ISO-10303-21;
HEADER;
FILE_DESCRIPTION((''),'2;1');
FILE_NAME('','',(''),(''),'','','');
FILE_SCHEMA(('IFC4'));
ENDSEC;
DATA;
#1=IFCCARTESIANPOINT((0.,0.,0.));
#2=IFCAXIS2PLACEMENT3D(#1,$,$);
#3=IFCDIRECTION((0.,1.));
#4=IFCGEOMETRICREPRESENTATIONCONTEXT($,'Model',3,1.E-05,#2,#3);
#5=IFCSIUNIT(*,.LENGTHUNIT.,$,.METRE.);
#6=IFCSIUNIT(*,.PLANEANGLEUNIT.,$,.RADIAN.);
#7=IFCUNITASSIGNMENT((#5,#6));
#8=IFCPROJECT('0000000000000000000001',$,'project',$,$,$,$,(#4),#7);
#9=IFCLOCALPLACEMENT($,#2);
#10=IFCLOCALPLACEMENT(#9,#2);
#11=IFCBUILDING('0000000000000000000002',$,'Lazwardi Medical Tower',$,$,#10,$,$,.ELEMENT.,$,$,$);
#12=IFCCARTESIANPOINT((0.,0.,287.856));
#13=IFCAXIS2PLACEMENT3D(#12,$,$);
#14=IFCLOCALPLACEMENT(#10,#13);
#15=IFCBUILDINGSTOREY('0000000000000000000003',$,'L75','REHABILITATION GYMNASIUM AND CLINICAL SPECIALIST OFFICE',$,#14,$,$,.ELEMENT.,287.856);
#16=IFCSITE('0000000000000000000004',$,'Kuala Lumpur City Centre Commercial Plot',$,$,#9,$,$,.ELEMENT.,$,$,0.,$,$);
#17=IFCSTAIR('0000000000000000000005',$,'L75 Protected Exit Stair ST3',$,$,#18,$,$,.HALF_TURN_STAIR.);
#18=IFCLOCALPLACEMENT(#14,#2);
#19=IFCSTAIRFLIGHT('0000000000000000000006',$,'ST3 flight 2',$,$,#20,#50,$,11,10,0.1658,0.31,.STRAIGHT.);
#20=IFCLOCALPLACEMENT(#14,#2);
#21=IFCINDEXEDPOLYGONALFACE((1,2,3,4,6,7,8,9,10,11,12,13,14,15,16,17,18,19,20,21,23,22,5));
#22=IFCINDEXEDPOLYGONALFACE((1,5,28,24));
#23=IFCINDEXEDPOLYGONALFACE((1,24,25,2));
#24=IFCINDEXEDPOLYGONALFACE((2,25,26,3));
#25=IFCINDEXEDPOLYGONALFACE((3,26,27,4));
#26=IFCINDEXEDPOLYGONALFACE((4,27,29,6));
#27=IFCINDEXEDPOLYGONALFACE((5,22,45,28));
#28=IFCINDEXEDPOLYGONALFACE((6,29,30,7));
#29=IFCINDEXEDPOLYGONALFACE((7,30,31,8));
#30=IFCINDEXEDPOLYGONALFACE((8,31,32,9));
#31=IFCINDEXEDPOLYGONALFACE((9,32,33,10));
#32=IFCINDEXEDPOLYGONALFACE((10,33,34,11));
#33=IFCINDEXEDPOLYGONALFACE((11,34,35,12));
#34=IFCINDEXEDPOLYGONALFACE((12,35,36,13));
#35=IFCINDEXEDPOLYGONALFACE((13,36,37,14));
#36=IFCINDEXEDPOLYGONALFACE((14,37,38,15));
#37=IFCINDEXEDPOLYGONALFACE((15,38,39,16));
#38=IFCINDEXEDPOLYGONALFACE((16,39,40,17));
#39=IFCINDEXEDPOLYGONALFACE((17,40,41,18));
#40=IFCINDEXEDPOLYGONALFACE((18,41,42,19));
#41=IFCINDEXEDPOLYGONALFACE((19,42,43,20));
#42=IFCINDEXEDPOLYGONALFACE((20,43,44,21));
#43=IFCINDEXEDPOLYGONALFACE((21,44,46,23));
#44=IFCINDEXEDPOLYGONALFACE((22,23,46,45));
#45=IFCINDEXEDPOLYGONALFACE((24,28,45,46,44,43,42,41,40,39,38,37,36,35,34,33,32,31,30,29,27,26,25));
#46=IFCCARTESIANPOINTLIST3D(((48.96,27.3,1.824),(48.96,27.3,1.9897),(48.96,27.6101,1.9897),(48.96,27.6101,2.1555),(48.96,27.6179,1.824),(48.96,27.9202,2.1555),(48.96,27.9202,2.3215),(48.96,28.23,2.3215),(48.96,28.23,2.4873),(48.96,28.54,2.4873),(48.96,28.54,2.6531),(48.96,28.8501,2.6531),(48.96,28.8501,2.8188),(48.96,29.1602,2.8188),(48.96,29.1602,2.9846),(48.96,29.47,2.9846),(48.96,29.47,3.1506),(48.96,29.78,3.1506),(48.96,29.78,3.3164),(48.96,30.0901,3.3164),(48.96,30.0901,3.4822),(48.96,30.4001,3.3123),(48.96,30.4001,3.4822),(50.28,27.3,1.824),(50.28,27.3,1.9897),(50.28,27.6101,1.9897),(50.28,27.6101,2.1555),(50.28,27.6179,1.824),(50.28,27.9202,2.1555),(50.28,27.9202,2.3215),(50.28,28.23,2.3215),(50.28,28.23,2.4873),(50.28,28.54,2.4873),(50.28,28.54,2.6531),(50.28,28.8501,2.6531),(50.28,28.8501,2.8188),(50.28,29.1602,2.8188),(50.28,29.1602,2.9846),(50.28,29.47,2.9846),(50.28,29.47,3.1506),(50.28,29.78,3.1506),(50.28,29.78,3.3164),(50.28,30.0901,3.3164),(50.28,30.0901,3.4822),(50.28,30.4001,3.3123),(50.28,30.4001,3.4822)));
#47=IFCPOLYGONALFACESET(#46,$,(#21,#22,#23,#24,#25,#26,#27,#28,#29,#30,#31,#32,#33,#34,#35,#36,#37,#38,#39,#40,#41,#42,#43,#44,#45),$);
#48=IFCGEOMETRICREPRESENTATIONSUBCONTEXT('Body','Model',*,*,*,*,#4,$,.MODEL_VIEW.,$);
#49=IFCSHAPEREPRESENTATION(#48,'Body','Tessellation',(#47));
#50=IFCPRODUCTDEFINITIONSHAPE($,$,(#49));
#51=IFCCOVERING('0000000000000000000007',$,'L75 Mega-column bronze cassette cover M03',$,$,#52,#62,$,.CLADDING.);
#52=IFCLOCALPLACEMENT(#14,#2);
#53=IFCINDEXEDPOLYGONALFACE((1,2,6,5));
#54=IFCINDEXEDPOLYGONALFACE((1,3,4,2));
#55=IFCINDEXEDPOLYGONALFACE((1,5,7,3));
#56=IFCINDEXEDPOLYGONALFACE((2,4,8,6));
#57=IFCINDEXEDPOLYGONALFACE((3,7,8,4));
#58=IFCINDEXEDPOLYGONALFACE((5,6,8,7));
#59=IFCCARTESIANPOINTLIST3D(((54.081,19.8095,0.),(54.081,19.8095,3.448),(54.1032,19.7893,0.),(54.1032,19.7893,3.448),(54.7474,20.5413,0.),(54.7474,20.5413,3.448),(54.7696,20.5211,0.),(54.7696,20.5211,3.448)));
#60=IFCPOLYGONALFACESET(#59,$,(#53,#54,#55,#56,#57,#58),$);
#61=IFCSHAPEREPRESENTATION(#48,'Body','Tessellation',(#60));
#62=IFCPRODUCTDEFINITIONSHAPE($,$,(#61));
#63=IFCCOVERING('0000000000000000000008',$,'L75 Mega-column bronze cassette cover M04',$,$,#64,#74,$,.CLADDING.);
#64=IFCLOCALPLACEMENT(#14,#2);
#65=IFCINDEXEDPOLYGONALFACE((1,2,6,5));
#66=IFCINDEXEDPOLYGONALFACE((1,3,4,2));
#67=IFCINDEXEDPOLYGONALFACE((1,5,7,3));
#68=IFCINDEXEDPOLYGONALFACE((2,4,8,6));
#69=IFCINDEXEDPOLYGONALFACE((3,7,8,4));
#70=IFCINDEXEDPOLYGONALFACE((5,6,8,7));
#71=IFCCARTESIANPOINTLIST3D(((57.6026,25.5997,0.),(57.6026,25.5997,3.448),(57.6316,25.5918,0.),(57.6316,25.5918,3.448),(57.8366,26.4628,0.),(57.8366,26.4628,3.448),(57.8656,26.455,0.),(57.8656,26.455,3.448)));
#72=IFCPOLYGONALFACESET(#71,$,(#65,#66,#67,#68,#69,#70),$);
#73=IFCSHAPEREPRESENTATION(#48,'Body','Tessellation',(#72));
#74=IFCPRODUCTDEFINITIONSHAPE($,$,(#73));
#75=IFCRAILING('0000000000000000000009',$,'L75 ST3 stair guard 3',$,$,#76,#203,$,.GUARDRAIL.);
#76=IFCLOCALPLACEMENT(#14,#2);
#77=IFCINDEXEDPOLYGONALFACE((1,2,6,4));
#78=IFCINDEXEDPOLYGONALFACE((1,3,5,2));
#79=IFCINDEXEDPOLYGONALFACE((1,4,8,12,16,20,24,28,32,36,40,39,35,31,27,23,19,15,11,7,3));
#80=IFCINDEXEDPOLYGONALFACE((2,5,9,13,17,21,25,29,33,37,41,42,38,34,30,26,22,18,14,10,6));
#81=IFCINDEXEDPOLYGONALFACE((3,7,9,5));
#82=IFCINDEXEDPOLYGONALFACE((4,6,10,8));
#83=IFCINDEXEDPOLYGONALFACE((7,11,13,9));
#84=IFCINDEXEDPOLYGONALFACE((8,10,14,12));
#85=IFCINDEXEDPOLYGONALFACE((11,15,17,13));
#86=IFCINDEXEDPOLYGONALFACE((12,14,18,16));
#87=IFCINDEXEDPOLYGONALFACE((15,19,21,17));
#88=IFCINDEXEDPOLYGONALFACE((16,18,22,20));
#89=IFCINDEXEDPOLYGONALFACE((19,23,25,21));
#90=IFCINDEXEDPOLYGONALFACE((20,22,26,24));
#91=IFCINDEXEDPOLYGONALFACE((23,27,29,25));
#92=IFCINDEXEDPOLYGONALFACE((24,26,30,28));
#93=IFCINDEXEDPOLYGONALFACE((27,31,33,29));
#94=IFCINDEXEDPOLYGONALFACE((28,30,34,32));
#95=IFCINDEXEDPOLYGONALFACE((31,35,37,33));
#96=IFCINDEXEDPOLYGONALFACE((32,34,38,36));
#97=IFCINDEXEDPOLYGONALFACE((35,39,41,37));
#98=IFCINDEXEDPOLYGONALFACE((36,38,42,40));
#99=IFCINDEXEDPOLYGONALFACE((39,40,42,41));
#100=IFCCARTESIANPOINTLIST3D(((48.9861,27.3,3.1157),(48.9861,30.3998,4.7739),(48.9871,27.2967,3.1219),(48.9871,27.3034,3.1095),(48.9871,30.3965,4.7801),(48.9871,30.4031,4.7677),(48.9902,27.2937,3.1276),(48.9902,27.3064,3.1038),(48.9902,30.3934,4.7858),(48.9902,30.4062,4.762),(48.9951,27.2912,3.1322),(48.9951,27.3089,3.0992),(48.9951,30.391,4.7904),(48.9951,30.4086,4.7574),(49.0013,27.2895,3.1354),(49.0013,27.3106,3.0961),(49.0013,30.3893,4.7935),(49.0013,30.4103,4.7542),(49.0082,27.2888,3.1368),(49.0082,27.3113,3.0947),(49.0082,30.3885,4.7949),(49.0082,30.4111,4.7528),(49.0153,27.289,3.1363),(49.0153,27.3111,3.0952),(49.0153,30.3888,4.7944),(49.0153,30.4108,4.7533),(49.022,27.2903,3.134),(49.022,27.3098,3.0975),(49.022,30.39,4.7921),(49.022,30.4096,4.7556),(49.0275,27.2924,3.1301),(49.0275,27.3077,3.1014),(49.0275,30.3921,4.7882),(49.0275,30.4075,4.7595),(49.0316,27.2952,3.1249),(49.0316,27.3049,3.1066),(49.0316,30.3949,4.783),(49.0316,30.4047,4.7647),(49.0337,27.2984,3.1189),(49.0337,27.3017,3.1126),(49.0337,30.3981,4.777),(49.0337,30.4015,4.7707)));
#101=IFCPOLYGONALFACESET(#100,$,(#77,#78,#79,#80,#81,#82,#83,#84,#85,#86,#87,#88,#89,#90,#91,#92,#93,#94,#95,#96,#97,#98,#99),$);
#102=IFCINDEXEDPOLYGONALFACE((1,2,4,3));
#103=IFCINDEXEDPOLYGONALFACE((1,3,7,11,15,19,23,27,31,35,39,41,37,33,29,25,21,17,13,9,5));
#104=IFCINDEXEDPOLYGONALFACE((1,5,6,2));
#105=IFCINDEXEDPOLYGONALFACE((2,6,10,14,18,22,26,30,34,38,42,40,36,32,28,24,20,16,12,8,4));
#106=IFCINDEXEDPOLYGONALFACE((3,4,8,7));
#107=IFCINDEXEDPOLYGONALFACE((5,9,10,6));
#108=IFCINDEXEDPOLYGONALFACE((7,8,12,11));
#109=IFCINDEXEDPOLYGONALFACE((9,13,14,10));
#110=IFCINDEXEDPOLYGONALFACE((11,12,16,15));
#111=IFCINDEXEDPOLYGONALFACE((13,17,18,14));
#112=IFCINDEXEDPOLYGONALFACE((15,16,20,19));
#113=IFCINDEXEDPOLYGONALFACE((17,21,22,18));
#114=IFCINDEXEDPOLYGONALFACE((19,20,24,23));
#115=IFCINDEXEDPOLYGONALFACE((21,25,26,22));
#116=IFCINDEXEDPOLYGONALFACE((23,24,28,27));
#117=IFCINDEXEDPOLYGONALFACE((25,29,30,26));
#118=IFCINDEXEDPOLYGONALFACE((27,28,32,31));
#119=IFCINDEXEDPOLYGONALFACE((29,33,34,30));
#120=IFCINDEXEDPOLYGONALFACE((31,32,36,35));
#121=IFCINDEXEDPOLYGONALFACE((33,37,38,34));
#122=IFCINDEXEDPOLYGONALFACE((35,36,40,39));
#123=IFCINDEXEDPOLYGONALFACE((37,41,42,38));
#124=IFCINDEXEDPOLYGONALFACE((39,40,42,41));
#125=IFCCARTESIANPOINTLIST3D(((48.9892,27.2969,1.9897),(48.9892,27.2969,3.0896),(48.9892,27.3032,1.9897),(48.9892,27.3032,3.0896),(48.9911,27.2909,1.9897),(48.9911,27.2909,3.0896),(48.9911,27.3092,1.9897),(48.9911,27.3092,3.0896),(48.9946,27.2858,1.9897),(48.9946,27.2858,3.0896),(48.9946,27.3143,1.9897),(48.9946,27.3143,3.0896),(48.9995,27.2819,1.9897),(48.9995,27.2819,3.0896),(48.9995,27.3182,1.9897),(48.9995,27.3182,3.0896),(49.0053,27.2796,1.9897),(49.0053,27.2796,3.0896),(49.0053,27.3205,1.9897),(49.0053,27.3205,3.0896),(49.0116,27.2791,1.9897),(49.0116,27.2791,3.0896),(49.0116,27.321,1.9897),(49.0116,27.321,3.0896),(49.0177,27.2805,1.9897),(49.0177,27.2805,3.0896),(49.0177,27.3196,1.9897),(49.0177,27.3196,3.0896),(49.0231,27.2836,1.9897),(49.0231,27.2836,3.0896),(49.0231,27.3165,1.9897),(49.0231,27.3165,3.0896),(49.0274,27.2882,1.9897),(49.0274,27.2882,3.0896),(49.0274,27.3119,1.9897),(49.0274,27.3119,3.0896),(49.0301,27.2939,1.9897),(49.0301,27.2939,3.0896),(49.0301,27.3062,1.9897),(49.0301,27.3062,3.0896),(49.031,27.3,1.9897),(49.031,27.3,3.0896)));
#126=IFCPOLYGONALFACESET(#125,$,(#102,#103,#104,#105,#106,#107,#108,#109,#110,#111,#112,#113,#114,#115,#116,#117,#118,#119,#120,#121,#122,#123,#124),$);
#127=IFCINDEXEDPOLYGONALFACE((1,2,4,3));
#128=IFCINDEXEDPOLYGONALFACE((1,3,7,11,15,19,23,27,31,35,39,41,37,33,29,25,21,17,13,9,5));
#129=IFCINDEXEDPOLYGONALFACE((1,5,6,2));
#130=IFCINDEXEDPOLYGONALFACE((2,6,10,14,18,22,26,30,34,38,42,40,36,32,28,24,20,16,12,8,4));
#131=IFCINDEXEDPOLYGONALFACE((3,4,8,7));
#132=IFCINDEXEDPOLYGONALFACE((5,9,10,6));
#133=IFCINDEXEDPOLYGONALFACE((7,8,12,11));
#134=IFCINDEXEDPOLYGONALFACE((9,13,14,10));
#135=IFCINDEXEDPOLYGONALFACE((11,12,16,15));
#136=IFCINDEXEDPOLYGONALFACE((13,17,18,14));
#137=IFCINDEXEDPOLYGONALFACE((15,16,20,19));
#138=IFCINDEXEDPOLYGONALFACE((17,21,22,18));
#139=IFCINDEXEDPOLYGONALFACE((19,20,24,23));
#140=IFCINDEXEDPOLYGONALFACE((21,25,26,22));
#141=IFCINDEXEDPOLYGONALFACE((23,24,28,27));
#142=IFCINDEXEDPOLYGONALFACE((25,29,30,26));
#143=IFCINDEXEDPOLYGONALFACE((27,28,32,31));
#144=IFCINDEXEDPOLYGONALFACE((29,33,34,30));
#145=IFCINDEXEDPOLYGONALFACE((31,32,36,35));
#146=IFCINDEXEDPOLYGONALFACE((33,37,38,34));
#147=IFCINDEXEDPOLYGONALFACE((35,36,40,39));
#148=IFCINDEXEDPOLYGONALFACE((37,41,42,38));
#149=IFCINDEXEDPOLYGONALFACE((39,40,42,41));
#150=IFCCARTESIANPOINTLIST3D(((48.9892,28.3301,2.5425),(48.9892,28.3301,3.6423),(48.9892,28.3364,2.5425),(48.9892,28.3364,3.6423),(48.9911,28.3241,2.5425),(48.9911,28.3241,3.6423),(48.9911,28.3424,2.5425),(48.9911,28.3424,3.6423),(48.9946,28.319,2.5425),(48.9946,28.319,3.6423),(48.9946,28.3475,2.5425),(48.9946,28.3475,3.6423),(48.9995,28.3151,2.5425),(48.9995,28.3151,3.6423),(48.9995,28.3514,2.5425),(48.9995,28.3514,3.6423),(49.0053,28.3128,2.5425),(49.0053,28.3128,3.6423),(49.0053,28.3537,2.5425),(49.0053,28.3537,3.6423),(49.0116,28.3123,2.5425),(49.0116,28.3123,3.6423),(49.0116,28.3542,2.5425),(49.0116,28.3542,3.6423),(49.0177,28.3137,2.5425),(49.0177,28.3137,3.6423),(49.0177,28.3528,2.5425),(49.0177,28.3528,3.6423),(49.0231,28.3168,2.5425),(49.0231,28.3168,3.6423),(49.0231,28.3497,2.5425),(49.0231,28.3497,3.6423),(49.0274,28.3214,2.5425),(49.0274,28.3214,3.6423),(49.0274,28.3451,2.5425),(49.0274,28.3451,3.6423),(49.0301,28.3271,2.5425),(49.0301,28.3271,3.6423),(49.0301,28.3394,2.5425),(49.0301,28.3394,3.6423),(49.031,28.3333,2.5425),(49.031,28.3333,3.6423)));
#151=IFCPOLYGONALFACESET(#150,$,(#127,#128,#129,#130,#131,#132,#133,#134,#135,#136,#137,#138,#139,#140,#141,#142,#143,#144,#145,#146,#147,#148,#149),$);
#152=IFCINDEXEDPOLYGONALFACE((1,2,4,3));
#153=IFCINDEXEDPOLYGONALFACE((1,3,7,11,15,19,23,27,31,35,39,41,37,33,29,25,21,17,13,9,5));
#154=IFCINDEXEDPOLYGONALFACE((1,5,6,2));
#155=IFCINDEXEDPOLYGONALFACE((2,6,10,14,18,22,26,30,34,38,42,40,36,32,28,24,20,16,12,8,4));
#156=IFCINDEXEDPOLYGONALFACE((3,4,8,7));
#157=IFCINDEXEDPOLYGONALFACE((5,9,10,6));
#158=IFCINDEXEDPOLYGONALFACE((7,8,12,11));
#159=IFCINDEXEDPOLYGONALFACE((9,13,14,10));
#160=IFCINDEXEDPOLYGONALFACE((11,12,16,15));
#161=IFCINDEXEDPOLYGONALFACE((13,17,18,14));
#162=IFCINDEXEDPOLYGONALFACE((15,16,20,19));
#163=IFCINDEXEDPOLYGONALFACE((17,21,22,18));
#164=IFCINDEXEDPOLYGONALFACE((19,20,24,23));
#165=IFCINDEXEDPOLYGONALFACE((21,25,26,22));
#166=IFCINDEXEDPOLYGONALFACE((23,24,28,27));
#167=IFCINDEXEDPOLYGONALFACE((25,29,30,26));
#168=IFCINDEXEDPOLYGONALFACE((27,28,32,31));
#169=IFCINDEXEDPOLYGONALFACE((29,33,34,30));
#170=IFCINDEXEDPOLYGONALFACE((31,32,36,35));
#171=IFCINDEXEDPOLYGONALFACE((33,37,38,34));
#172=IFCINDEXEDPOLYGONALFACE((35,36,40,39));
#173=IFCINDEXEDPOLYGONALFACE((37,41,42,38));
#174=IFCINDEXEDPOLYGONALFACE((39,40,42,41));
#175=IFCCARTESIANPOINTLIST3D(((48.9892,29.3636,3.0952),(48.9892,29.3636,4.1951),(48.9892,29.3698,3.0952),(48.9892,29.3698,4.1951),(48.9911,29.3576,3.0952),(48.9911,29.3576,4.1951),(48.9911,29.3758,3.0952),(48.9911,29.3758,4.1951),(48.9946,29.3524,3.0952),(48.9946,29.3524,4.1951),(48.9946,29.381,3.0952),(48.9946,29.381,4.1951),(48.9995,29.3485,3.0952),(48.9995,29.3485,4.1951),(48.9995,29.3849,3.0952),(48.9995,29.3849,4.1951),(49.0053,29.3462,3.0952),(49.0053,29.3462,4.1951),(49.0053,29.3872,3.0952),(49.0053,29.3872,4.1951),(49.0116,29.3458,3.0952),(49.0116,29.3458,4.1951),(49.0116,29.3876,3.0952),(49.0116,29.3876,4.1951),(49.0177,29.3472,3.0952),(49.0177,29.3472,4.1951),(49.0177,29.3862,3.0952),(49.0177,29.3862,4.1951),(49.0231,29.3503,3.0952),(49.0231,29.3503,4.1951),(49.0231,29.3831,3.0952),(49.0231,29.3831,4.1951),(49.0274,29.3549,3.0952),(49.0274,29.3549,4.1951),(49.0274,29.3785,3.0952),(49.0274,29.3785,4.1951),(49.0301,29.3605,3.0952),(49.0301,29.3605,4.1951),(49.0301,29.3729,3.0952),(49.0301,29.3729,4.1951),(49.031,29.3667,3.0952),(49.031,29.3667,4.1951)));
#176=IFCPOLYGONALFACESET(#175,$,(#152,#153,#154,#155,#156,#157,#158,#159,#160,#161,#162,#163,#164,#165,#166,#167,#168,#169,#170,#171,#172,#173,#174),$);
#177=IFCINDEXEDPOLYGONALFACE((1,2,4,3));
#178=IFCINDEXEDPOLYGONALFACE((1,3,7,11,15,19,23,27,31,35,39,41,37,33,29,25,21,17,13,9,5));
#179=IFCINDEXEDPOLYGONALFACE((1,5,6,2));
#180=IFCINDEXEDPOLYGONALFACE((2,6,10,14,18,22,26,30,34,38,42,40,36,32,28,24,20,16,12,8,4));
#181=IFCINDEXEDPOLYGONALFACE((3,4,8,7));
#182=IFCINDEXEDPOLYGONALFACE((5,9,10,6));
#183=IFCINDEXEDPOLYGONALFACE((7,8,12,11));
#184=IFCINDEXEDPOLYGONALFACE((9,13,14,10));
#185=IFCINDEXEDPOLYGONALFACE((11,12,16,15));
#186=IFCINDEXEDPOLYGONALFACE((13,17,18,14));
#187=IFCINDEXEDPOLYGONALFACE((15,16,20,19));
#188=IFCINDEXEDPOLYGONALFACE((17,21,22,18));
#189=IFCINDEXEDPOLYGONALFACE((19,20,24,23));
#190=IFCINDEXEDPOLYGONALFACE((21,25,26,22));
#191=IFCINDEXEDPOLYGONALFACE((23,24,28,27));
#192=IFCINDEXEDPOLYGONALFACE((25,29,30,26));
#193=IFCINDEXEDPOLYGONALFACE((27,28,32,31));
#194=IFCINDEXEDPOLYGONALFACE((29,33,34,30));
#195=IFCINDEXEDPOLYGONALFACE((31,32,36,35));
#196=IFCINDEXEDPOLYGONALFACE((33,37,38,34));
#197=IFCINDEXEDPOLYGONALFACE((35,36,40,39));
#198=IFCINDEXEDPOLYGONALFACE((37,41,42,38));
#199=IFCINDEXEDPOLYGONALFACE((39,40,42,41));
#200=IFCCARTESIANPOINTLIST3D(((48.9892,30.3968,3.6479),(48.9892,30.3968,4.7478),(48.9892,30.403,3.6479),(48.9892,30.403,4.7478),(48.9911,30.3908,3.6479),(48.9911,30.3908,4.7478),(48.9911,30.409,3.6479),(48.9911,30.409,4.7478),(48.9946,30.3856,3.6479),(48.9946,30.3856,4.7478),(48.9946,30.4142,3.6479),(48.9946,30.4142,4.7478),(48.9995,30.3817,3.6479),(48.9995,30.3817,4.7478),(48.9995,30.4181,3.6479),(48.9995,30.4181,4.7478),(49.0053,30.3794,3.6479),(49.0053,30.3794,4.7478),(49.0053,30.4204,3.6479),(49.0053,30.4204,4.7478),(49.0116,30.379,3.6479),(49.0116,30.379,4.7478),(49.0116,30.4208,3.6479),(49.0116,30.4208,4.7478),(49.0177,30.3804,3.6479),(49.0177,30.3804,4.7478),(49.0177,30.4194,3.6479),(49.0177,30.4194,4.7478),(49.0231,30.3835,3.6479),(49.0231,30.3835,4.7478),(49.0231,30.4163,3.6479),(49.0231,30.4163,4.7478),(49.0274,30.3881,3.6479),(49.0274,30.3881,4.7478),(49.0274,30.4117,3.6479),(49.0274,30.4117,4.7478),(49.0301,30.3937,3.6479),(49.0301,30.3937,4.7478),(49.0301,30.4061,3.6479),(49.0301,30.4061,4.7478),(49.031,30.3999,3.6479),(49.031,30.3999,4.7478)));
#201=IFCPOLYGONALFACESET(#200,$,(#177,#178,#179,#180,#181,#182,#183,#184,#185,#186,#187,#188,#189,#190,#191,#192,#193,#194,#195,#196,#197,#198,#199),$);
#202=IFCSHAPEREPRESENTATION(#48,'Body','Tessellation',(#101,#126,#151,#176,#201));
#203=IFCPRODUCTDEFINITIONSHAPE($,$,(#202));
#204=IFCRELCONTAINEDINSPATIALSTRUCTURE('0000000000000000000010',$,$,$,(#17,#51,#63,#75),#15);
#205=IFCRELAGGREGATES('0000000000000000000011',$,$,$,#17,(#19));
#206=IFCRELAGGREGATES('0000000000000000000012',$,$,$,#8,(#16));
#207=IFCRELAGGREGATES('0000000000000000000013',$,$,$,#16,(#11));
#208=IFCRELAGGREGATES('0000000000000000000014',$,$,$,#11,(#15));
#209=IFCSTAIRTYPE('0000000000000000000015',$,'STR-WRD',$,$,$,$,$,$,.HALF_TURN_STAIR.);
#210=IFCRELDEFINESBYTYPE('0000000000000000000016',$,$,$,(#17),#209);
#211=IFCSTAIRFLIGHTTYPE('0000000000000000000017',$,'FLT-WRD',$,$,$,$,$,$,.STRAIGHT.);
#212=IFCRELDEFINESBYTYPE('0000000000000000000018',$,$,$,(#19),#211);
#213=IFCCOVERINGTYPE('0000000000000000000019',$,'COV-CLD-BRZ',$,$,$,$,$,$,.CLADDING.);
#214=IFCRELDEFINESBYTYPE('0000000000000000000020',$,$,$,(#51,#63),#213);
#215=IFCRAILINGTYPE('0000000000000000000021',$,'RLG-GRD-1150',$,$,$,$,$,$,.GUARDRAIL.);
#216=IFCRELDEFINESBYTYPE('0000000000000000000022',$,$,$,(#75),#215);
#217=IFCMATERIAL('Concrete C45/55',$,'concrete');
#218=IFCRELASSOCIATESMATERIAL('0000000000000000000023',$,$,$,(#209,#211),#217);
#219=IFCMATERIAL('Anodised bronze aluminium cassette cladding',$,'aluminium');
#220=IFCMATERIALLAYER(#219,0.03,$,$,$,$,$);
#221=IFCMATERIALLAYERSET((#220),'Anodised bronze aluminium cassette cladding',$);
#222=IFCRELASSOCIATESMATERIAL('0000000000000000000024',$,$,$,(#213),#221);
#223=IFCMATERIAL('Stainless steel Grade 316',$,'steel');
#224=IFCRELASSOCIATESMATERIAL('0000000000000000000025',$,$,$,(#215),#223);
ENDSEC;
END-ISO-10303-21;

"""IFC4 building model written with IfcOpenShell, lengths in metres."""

from ifc_helpers import new_model, si_unit, direction, frame, origin, origin_2d, place, context, subcontext, project, spatial, polyline, rectangle, circle, outline, extrude, material, layer, layer_set, type_object, element, aggregate, save


model = new_model("IFC4")

# Units and contexts
model_context = context("Model", 3, precision=1e-05, world=origin(), true_north=direction((0.0, 1.0)))
body_context = subcontext(model_context, "Body", "Model", "MODEL_VIEW")
ifc_project = project(units=[si_unit("LENGTHUNIT", "METRE"), si_unit("PLANEANGLEUNIT", "RADIAN")], contexts=[model_context])

# Site, building, storey
site_placement = place(None, origin())
site = spatial("IfcSite", under=ifc_project, at=site_placement, Name="Kuala Lumpur City Centre Commercial Plot", CompositionType="ELEMENT", RefElevation=0.0)
building_placement = place(site_placement, origin())
building = spatial("IfcBuilding", under=site, at=building_placement, Name="Lazwardi Medical Tower", CompositionType="ELEMENT")
storey_placement = place(building_placement, frame((0.0, 0.0, 287.856)))
storey = spatial("IfcBuildingStorey", under=building, at=storey_placement, Name="L75", Description="REHABILITATION GYMNASIUM AND CLINICAL SPECIALIST OFFICE", CompositionType="ELEMENT", Elevation=287.856)

# Stair, stair flight
ifc_material_1 = material(Name="Concrete C45/55", Category="concrete")
stair_type = type_object("IfcStairType", Name="STR-WRD", PredefinedType="HALF_TURN_STAIR", material=ifc_material_1)
stair_placement = place(storey_placement, origin())
stair = element("IfcStair", 1, at=stair_placement, inside=storey, type_object=stair_type, Name="L75 Protected Exit Stair ST3", PredefinedType="HALF_TURN_STAIR")
stair_flight_type = type_object("IfcStairFlightType", Name="FLT-WRD", PredefinedType="STRAIGHT", material=ifc_material_1)
stair_flight_placement = place(storey_placement, frame((49.6201, 27.3, 1.824), z_axis=(0.0, 0.0, 1.0), x_axis=(0.0, 1.0, 0.0)))
stair_flight = element("IfcStairFlight", 2, at=stair_flight_placement, type_object=stair_flight_type, Name="ST3 flight 2", NumberOfRisers=11, NumberOfTreads=10, PredefinedType="STRAIGHT", RiserHeight=0.1658, TreadLength=0.31, context=body_context, shape_type="SweptSolid", body=[
    extrude(outline(polyline([(0.0, 0.0), (0.0, 0.1658), (0.3101, 0.1658), (0.3101, 0.3315), (0.6201, 0.3315), (0.6201, 0.4976), (0.9299, 0.4976), (0.9299, 0.6633), (1.24, 0.6633), (1.24, 0.8291), (1.55, 0.8291), (1.55, 0.9949), (1.8601, 0.9949), (1.8601, 1.1606), (2.1699, 1.1606), (2.1699, 1.3267), (2.48, 1.3267), (2.48, 1.4924), (2.79, 1.4924), (2.79, 1.6582), (3.1001, 1.6582), (3.1001, 1.824), (3.1001, 1.4883), (0.3179, 0.0), (0.0, 0.0)])), frame((0.0, 0.6602, 0.0), z_axis=(0.0, -1.0, 0.0), x_axis=(1.0, 0.0, 0.0)), (0.0, 0.0, 1.0), 1.3201),
])
aggregate(stair, [stair_flight])

# Coverings
ifc_material_2 = material(Name="Anodised bronze aluminium cassette cladding", Category="aluminium")
ifc_layer_1 = layer(ifc_material_2, 0.03)
ifc_layer_set_1 = layer_set([ifc_layer_1], Name="Anodised bronze aluminium cassette cladding")
covering_type = type_object("IfcCoveringType", Name="COV-CLD-BRZ", PredefinedType="CLADDING", material=ifc_layer_set_1)
covering_1_placement = place(storey_placement, frame((54.4253, 20.1653, 0.0), z_axis=(0.0, 0.0, 1.0), x_axis=(0.673241, 0.739423, 0.0)))
element("IfcCovering", 3, at=covering_1_placement, inside=storey, type_object=covering_type, Name="L75 Mega-column bronze cassette cover M03", PredefinedType="CLADDING", context=body_context, shape_type="SweptSolid", body=[
    extrude(rectangle(XDim=0.9897, YDim=0.03, at=origin_2d()), origin(), (0.0, 0.0, 1.0), 3.448),
])
covering_2_placement = place(storey_placement, frame((57.7341, 26.0273, 0.0), z_axis=(0.0, 0.0, 1.0), x_axis=(0.261642, 0.965165, 0.0)))
element("IfcCovering", 4, at=covering_2_placement, inside=storey, type_object=covering_type, Name="L75 Mega-column bronze cassette cover M04", PredefinedType="CLADDING", context=body_context, shape_type="SweptSolid", body=[
    extrude(rectangle(XDim=0.8943, YDim=0.03, at=origin_2d()), origin(), (0.0, 0.0, 1.0), 3.448),
])

# Railing
ifc_material_3 = material(Name="Stainless steel Grade 316", Category="steel")
railing_type_1 = type_object("IfcRailingType", Name="RLG-GRD-1150", PredefinedType="GUARDRAIL", material=ifc_material_3)
railing_1_placement = place(storey_placement, frame((49.01, 27.3, 1.9897)))
element("IfcRailing", 5, at=railing_1_placement, inside=storey, type_object=railing_type_1, Name="L75 ST3 stair guard 3", PredefinedType="GUARDRAIL", context=body_context, shape_type="SweptSolid", body=[
    extrude(circle(Radius=0.0239, at=origin_2d()), frame((0.0, 0.0, 1.126), z_axis=(0.0, 0.881768, 0.471684), x_axis=(-1.0, 0.0, 0.0)), (0.0, 0.0, 1.0), 3.5154),
    extrude(circle(Radius=0.021, at=origin_2d()), origin(), (0.0, 0.0, 1.0), 1.0999),
    extrude(circle(Radius=0.021, at=origin_2d()), frame((0.0, 1.0332, 0.5527)), (0.0, 0.0, 1.0), 1.0999),
    extrude(circle(Radius=0.021, at=origin_2d()), frame((0.0, 2.0667, 1.1055)), (0.0, 0.0, 1.0), 1.0999),
    extrude(circle(Radius=0.021, at=origin_2d()), frame((0.0, 3.0999, 1.6582)), (0.0, 0.0, 1.0), 1.0999),
])

save(model, "model.ifc")
